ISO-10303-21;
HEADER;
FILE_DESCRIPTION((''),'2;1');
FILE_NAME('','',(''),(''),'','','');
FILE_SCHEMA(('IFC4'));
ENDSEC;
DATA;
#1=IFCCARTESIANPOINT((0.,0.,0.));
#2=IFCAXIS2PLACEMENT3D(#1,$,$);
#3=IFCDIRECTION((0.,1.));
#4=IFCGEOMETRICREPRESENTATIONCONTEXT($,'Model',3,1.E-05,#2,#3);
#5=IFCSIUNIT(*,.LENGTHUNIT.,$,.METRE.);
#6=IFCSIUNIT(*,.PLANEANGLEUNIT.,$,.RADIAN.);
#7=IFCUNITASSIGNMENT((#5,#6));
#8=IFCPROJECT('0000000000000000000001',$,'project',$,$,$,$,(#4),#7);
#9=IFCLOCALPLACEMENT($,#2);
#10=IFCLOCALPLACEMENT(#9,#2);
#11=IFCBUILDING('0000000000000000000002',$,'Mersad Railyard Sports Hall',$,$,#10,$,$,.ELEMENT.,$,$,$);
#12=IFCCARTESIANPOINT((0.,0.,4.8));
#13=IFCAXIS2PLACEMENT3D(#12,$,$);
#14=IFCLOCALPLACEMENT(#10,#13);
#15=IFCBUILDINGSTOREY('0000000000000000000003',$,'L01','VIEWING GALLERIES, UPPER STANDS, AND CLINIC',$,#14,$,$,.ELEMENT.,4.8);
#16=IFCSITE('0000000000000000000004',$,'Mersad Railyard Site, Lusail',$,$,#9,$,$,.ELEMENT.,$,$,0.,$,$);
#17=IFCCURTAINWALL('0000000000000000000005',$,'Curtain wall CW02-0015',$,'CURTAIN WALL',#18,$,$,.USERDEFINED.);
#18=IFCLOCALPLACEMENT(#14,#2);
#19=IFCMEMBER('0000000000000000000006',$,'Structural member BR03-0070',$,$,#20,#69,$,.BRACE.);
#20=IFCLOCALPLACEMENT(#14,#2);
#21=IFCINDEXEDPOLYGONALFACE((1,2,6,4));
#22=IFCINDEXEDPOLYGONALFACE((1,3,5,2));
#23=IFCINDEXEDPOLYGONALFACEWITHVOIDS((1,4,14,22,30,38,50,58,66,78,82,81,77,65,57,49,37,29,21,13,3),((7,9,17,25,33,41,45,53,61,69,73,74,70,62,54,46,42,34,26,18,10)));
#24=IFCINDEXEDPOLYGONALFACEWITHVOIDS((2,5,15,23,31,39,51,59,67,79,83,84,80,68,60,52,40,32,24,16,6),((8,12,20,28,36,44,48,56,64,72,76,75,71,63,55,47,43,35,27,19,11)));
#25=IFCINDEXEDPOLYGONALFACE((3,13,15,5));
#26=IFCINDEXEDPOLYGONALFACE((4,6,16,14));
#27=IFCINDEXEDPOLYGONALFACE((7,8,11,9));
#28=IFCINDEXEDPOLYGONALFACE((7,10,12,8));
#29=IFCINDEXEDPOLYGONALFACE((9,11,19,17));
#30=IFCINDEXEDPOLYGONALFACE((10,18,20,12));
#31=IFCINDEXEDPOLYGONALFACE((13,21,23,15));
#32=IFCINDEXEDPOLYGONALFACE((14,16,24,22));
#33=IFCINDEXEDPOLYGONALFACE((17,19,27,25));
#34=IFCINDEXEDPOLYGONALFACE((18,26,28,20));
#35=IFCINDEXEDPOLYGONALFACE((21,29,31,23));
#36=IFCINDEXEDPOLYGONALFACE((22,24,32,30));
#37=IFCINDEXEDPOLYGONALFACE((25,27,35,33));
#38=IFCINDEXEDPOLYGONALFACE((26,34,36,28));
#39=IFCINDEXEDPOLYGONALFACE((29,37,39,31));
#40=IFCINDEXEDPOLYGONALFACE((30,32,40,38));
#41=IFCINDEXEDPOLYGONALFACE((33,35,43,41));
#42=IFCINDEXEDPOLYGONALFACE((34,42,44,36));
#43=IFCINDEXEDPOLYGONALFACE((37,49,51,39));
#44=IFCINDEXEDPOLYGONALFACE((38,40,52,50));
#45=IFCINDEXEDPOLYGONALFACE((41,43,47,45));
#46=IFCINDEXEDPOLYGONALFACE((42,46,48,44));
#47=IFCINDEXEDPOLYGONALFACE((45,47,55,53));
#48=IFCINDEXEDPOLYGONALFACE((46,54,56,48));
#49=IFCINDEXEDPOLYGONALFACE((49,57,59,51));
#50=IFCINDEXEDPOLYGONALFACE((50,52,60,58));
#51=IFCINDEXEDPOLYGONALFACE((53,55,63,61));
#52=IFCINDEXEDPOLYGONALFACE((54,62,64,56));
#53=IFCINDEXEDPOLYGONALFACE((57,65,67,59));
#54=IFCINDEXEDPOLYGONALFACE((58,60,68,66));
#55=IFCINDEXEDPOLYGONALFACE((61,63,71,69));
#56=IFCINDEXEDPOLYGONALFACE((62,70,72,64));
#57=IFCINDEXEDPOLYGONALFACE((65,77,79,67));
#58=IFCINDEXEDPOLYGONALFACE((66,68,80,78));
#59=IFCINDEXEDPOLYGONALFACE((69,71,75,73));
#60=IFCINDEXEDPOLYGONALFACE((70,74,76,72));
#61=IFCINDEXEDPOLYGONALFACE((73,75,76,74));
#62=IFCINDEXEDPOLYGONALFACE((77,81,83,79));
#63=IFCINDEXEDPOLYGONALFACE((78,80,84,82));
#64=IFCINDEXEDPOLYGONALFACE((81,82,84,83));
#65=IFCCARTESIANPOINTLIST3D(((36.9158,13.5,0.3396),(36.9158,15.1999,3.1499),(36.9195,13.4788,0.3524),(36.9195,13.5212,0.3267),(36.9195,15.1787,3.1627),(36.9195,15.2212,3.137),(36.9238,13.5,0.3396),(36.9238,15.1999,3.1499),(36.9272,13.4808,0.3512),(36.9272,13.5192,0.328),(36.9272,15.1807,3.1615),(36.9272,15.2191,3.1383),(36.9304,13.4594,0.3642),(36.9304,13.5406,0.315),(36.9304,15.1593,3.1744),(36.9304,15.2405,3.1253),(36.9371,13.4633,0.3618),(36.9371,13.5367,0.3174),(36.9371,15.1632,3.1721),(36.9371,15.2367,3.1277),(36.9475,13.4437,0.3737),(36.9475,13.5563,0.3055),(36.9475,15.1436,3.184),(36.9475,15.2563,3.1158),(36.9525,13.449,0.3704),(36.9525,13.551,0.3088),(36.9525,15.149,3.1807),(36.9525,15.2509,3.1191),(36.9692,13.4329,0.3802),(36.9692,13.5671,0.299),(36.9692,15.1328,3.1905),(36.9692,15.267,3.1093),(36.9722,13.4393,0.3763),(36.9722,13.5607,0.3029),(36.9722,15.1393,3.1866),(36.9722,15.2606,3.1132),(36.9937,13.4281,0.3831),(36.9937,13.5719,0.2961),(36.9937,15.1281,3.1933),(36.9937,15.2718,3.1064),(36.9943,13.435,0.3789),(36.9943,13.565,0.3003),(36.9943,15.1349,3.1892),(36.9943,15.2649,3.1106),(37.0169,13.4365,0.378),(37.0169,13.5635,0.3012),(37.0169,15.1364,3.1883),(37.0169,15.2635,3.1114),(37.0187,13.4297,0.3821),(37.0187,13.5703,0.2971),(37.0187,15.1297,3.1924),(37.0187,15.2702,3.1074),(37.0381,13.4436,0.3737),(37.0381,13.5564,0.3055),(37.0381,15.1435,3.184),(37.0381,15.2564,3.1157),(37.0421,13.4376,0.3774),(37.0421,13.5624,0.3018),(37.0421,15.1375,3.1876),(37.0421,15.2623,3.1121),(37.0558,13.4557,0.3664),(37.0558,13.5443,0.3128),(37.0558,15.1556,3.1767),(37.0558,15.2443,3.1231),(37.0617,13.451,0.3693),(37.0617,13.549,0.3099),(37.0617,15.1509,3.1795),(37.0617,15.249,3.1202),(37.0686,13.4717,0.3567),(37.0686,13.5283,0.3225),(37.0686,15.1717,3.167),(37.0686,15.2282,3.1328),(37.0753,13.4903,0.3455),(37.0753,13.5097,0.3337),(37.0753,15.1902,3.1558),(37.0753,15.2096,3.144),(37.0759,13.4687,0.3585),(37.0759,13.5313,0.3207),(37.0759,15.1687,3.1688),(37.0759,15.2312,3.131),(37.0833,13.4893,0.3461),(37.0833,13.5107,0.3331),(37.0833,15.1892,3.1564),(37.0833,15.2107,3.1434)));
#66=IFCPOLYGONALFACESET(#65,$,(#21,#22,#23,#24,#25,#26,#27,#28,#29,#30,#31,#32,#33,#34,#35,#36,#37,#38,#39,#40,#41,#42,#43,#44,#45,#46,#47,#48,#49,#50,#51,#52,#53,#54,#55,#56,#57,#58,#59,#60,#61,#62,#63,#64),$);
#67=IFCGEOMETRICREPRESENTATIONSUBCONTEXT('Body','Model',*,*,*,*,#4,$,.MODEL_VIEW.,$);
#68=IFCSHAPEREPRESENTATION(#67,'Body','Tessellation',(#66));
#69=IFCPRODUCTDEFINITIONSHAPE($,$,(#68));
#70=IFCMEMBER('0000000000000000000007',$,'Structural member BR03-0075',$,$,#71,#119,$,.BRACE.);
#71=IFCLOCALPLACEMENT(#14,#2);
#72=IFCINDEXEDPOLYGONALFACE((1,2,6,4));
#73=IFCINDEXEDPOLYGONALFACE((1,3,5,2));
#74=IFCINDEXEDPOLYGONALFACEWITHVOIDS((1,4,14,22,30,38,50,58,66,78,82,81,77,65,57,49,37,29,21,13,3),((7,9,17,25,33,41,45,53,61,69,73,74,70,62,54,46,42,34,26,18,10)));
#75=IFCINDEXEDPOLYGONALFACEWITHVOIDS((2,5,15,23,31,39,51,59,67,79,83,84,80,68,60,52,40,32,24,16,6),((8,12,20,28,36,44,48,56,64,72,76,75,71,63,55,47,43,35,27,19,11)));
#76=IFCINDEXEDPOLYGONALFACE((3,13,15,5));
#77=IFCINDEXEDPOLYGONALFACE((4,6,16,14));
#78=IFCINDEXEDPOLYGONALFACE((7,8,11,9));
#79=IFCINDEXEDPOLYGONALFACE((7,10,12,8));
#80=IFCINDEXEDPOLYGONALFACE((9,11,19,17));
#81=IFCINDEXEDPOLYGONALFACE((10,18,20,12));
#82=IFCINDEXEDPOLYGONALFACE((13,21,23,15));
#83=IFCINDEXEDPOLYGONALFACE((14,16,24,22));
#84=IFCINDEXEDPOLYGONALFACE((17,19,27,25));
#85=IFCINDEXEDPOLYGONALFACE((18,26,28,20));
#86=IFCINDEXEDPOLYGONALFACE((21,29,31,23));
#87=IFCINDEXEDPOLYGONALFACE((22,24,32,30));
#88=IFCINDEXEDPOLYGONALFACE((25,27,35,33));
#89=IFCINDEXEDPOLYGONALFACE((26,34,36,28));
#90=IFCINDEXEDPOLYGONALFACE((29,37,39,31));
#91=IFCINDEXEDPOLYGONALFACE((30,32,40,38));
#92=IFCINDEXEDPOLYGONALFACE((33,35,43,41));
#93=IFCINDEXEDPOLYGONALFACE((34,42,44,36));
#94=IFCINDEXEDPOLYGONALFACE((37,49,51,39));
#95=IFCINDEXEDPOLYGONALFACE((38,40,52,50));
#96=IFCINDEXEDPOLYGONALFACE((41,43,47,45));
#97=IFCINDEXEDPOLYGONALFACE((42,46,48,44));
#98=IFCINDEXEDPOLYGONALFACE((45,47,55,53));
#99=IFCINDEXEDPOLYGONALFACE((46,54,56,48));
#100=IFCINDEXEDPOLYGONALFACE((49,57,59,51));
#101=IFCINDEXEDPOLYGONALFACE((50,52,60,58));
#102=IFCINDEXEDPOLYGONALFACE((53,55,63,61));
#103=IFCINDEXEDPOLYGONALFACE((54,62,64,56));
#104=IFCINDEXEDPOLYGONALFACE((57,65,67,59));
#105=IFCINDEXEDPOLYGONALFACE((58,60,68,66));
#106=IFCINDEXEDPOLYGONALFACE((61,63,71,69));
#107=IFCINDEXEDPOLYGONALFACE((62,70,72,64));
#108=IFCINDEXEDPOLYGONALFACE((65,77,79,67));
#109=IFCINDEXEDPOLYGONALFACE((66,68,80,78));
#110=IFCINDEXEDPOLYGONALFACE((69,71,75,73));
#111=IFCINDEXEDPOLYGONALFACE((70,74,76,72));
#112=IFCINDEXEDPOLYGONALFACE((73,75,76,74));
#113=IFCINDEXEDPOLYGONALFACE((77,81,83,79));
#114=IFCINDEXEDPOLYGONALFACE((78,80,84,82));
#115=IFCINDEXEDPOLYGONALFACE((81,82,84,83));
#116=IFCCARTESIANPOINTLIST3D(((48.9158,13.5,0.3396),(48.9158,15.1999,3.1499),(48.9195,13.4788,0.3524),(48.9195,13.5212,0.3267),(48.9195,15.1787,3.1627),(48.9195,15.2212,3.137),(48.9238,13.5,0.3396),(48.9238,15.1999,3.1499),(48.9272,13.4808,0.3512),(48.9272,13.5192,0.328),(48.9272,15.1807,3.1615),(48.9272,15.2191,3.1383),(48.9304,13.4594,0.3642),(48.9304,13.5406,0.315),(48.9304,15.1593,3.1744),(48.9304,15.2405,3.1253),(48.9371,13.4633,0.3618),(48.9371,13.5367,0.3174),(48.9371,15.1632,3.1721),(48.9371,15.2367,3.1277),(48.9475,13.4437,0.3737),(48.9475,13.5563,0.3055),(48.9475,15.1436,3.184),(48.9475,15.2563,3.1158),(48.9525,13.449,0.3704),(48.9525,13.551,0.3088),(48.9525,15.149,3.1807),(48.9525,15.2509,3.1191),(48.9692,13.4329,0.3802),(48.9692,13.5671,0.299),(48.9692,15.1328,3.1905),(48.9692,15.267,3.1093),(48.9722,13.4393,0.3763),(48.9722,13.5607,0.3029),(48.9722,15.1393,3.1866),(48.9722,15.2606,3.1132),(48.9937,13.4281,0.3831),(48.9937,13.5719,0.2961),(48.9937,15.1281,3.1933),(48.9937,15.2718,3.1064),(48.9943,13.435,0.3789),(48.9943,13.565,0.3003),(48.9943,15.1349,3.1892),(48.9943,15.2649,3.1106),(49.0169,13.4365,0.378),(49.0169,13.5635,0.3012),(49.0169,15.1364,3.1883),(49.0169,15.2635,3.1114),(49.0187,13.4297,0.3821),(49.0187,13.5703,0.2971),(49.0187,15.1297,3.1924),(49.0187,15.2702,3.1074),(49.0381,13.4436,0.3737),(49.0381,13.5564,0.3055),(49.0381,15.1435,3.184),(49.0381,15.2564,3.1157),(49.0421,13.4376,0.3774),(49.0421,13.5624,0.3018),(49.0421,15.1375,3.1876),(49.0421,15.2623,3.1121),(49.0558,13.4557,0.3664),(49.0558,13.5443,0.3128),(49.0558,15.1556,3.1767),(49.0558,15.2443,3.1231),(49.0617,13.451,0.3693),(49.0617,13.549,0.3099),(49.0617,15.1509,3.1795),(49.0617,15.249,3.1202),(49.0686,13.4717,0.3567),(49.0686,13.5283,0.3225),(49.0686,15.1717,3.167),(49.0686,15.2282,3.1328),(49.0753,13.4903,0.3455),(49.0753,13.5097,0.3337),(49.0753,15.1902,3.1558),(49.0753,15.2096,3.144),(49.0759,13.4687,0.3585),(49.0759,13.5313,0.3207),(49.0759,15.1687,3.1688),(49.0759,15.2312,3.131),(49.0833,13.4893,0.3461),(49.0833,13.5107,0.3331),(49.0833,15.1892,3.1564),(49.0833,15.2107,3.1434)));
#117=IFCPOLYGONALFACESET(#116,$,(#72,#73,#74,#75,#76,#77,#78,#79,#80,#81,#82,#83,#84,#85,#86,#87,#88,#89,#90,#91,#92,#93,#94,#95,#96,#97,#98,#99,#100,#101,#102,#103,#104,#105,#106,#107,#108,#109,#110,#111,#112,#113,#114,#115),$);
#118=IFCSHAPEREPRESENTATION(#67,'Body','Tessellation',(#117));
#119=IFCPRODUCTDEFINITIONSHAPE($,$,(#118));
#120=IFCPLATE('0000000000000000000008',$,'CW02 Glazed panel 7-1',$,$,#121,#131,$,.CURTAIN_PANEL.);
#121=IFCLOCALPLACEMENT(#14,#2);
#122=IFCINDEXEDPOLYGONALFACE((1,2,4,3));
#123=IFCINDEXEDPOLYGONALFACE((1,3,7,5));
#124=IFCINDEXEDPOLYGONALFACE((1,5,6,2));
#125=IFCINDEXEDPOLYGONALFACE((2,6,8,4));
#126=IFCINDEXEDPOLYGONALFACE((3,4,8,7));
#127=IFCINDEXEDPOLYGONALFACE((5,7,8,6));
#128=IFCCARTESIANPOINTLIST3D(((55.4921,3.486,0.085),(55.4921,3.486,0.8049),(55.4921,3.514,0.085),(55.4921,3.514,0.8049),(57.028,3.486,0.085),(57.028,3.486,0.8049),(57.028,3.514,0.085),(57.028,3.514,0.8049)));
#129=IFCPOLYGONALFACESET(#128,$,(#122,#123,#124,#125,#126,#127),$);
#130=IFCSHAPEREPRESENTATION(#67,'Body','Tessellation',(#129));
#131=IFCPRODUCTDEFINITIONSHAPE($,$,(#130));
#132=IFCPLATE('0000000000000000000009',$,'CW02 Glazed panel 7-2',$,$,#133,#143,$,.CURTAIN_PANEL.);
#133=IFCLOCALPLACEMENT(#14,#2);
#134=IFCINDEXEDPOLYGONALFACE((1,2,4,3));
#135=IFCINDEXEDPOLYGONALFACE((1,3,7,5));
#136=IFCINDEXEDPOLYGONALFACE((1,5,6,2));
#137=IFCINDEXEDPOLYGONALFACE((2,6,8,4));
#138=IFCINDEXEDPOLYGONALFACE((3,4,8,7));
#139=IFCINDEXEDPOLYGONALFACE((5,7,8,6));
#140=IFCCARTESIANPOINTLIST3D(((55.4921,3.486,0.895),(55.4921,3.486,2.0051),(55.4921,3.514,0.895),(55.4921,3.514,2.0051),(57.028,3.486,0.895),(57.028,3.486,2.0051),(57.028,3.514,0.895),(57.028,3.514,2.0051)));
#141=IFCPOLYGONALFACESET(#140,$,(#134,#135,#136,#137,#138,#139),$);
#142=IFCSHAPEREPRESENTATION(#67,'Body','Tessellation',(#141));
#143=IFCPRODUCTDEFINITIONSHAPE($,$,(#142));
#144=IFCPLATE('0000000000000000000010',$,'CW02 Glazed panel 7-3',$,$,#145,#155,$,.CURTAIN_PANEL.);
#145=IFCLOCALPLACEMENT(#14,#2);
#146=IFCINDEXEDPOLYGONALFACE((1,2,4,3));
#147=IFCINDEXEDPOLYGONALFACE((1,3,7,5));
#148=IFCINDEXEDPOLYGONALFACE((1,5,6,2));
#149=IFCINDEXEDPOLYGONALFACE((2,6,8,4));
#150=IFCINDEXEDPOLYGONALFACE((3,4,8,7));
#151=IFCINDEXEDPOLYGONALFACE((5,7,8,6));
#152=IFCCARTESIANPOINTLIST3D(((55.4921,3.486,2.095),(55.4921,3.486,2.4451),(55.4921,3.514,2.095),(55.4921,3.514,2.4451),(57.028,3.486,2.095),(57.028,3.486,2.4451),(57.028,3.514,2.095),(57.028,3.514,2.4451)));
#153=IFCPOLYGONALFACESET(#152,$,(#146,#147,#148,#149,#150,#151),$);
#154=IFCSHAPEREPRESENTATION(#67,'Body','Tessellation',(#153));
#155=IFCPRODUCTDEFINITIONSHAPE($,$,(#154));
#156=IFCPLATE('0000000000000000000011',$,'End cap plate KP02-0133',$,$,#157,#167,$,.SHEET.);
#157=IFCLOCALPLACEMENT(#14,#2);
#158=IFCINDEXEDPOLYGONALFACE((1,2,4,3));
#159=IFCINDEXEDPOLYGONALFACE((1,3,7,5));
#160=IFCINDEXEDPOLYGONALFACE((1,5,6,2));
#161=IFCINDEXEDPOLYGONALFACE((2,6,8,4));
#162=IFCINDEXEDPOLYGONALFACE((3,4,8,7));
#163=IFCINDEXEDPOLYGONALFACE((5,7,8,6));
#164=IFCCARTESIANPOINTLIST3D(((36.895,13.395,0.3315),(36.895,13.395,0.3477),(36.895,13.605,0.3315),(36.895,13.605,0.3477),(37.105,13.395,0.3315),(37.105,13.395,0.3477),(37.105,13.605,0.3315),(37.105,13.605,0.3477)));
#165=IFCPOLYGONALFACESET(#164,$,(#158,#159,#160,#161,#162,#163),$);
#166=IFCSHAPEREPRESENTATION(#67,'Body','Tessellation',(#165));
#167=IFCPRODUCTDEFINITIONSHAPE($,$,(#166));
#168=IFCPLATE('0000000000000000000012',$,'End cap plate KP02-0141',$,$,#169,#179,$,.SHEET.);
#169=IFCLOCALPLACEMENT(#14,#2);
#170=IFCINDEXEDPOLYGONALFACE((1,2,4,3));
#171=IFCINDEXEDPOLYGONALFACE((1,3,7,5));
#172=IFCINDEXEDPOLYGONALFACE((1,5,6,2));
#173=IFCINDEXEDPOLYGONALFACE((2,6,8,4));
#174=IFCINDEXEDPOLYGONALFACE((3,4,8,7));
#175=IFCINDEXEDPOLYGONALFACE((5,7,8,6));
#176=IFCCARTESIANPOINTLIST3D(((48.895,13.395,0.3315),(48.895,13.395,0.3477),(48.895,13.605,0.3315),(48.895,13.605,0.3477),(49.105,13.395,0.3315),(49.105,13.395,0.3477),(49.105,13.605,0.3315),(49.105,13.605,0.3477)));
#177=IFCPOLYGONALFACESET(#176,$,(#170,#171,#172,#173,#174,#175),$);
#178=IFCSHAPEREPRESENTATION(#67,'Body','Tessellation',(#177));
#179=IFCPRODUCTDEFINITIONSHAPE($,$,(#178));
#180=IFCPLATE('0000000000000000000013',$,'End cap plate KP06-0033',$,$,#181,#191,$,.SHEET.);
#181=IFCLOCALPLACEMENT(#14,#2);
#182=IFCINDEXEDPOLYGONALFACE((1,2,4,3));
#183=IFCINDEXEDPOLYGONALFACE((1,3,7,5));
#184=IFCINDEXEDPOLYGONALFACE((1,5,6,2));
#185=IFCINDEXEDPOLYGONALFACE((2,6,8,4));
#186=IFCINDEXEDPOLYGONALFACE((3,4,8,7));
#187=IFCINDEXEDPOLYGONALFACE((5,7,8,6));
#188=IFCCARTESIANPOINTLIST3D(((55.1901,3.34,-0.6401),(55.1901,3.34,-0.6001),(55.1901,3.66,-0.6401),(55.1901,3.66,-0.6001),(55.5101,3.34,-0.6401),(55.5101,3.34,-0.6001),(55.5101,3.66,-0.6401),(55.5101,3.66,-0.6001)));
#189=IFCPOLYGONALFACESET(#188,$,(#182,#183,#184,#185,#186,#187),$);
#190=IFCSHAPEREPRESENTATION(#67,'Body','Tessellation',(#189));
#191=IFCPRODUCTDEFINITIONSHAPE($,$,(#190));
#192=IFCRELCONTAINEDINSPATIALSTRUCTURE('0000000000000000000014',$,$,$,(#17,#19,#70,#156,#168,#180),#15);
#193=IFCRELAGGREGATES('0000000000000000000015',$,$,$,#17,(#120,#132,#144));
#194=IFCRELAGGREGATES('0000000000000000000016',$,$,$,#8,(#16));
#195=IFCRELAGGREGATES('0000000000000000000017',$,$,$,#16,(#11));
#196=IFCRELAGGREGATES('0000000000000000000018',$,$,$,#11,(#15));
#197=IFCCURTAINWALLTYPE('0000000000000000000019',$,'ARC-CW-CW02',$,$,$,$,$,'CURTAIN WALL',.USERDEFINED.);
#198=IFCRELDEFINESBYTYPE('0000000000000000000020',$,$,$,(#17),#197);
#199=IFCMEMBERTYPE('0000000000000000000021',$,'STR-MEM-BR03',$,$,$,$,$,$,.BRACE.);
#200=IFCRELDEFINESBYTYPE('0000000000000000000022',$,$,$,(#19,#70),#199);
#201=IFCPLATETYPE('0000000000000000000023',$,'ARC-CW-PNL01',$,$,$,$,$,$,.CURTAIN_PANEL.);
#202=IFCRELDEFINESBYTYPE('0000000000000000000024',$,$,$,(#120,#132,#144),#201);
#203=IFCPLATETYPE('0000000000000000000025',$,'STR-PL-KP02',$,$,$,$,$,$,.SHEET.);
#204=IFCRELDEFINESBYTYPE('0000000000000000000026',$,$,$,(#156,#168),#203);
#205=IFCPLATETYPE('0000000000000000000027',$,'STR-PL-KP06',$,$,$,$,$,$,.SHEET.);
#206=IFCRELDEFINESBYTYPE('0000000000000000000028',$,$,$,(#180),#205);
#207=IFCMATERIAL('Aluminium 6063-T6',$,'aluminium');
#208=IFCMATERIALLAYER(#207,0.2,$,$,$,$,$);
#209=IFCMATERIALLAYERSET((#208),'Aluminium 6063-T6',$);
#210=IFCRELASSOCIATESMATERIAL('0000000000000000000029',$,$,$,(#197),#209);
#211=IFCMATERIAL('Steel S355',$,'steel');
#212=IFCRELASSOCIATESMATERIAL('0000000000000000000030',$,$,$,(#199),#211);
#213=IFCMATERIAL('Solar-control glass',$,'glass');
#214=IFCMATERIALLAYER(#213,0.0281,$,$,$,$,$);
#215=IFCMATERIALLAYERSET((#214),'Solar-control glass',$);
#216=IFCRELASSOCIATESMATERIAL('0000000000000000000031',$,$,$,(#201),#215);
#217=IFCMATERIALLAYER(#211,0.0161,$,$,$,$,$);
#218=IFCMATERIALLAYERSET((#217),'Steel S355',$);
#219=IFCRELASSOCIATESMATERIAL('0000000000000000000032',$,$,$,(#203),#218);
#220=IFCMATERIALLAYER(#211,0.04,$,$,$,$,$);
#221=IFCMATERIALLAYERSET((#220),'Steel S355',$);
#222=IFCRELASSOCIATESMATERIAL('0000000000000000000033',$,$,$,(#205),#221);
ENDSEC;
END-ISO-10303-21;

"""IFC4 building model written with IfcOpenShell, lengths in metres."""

from ifc_helpers import new_model, si_unit, direction, frame, origin, origin_2d, place, context, subcontext, project, spatial, rectangle, hollow_circle, extrude, material, layer, layer_set, material_profile, profile_set, type_object, element, aggregate, save


model = new_model("IFC4")

# Units and contexts
model_context = context("Model", 3, precision=1e-05, world=origin(), true_north=direction((0.0, 1.0)))
body_context = subcontext(model_context, "Body", "Model", "MODEL_VIEW")
ifc_project = project(units=[si_unit("LENGTHUNIT", "METRE"), si_unit("PLANEANGLEUNIT", "RADIAN")], contexts=[model_context])

# Site, building, storey
site_placement = place(None, origin())
site = spatial("IfcSite", under=ifc_project, at=site_placement, Name="Mersad Railyard Site, Lusail", CompositionType="ELEMENT", RefElevation=0.0)
building_placement = place(site_placement, origin())
building = spatial("IfcBuilding", under=site, at=building_placement, Name="Mersad Railyard Sports Hall", CompositionType="ELEMENT")
storey_placement = place(building_placement, frame((0.0, 0.0, 4.8)))
storey = spatial("IfcBuildingStorey", under=building, at=storey_placement, Name="L01", Description="VIEWING GALLERIES, UPPER STANDS, AND CLINIC", CompositionType="ELEMENT", Elevation=4.8)

# Curtain wall
ifc_material_1 = material(Name="Aluminium 6063-T6", Category="aluminium")
ifc_layer_1 = layer(ifc_material_1, 0.2)
ifc_layer_set_1 = layer_set([ifc_layer_1], Name="Aluminium 6063-T6")
curtain_wall_type = type_object("IfcCurtainWallType", Name="ARC-CW-CW02", ElementType="CURTAIN WALL", PredefinedType="USERDEFINED", material=ifc_layer_set_1)
curtain_wall_placement = place(storey_placement, origin())
curtain_wall = element("IfcCurtainWall", 1, at=curtain_wall_placement, inside=storey, type_object=curtain_wall_type, Name="Curtain wall CW02-0015", ObjectType="CURTAIN WALL", PredefinedType="USERDEFINED")

# Members
ifc_material_2 = material(Name="Steel S355", Category="steel")
ifc_material_profile_1 = material_profile(ifc_material_2, hollow_circle(Radius=0.0842, WallThickness=0.0081, at=origin_2d()), Name="CHS 168.3x8")
ifc_profile_set_1 = profile_set([ifc_material_profile_1], Name="Steel S355")
member_type_1 = type_object("IfcMemberType", Name="STR-MEM-BR03", PredefinedType="BRACE", material=ifc_profile_set_1)
for number, where, z_axis, x_axis, name in (
    (2, (37.0, 13.5, 0.3396), (0.0, 0.517575, 0.855638), (-1.0, 0.0, 0.0), "Structural member BR03-0070"),
    (3, (49.0, 13.5, 0.3396), (0.0, 0.517575, 0.855638), (-1.0, 0.0, 0.0), "Structural member BR03-0075"),
):
    element("IfcMember", number, at=place(storey_placement, frame(where, z_axis=z_axis, x_axis=x_axis)), inside=storey, type_object=member_type_1, Name=name, PredefinedType="BRACE", context=body_context, shape_type="SweptSolid", body=[
        extrude(hollow_circle(Radius=0.0842, WallThickness=0.0081, at=origin_2d()), origin(), (0.0, 0.0, 1.0), 3.2844),
    ])

# Plates
ifc_material_3 = material(Name="Solar-control glass", Category="glass")
ifc_layer_2 = layer(ifc_material_3, 0.0281)
ifc_layer_set_2 = layer_set([ifc_layer_2], Name="Solar-control glass")
plate_type_1 = type_object("IfcPlateType", Name="ARC-CW-PNL01", PredefinedType="CURTAIN_PANEL", material=ifc_layer_set_2)
plate_1_placement = place(storey_placement, frame((56.26, 3.5, 0.085), z_axis=(0.0, 0.0, 1.0), x_axis=(-1.0, 0.0, 0.0)))
plate_1 = element("IfcPlate", 4, at=plate_1_placement, type_object=plate_type_1, Name="CW02 Glazed panel 7-1", PredefinedType="CURTAIN_PANEL", context=body_context, shape_type="SweptSolid", body=[
    extrude(rectangle(XDim=1.5359, YDim=0.0281, at=origin_2d()), origin(), (0.0, 0.0, 1.0), 0.72),
])
plate_2_placement = place(storey_placement, frame((56.26, 3.5, 0.895), z_axis=(0.0, 0.0, 1.0), x_axis=(-1.0, 0.0, 0.0)))
plate_2 = element("IfcPlate", 5, at=plate_2_placement, type_object=plate_type_1, Name="CW02 Glazed panel 7-2", PredefinedType="CURTAIN_PANEL", context=body_context, shape_type="SweptSolid", body=[
    extrude(rectangle(XDim=1.5359, YDim=0.0281, at=origin_2d()), origin(), (0.0, 0.0, 1.0), 1.1101),
])
plate_3_placement = place(storey_placement, frame((56.26, 3.5, 2.095), z_axis=(0.0, 0.0, 1.0), x_axis=(-1.0, 0.0, 0.0)))
plate_3 = element("IfcPlate", 6, at=plate_3_placement, type_object=plate_type_1, Name="CW02 Glazed panel 7-3", PredefinedType="CURTAIN_PANEL", context=body_context, shape_type="SweptSolid", body=[
    extrude(rectangle(XDim=1.5359, YDim=0.0281, at=origin_2d()), origin(), (0.0, 0.0, 1.0), 0.3501),
])
aggregate(curtain_wall, [plate_1, plate_2, plate_3])

# Plates
ifc_layer_3 = layer(ifc_material_2, 0.0161)
ifc_layer_set_3 = layer_set([ifc_layer_3], Name="Steel S355")
plate_type_2 = type_object("IfcPlateType", Name="STR-PL-KP02", PredefinedType="SHEET", material=ifc_layer_set_3)
for number, where, z_axis, x_axis, name in (
    (7, (37.0, 13.5, 0.3315), (0.0, 0.0, 1.0), (1.0, 0.0, 0.0), "End cap plate KP02-0133"),
    (8, (49.0, 13.5, 0.3315), (0.0, 0.0, 1.0), (1.0, 0.0, 0.0), "End cap plate KP02-0141"),
):
    element("IfcPlate", number, at=place(storey_placement, frame(where, z_axis=z_axis, x_axis=x_axis)), inside=storey, type_object=plate_type_2, Name=name, PredefinedType="SHEET", context=body_context, shape_type="SweptSolid", body=[
        extrude(rectangle(XDim=0.21, YDim=0.21, at=origin_2d()), origin(), (0.0, 0.0, 1.0), 0.0161),
    ])
ifc_layer_4 = layer(ifc_material_2, 0.04)
ifc_layer_set_4 = layer_set([ifc_layer_4], Name="Steel S355")
plate_type_3 = type_object("IfcPlateType", Name="STR-PL-KP06", PredefinedType="SHEET", material=ifc_layer_set_4)
plate_4_placement = place(storey_placement, frame((55.3501, 3.5, -0.6401), z_axis=(0.0, 0.0, 1.0), x_axis=(1.0, 0.0, 0.0)))
element("IfcPlate", 9, at=plate_4_placement, inside=storey, type_object=plate_type_3, Name="End cap plate KP06-0033", PredefinedType="SHEET", context=body_context, shape_type="SweptSolid", body=[
    extrude(rectangle(XDim=0.3201, YDim=0.3201, at=origin_2d()), origin(), (0.0, 0.0, 1.0), 0.04),
])

save(model, "model.ifc")
